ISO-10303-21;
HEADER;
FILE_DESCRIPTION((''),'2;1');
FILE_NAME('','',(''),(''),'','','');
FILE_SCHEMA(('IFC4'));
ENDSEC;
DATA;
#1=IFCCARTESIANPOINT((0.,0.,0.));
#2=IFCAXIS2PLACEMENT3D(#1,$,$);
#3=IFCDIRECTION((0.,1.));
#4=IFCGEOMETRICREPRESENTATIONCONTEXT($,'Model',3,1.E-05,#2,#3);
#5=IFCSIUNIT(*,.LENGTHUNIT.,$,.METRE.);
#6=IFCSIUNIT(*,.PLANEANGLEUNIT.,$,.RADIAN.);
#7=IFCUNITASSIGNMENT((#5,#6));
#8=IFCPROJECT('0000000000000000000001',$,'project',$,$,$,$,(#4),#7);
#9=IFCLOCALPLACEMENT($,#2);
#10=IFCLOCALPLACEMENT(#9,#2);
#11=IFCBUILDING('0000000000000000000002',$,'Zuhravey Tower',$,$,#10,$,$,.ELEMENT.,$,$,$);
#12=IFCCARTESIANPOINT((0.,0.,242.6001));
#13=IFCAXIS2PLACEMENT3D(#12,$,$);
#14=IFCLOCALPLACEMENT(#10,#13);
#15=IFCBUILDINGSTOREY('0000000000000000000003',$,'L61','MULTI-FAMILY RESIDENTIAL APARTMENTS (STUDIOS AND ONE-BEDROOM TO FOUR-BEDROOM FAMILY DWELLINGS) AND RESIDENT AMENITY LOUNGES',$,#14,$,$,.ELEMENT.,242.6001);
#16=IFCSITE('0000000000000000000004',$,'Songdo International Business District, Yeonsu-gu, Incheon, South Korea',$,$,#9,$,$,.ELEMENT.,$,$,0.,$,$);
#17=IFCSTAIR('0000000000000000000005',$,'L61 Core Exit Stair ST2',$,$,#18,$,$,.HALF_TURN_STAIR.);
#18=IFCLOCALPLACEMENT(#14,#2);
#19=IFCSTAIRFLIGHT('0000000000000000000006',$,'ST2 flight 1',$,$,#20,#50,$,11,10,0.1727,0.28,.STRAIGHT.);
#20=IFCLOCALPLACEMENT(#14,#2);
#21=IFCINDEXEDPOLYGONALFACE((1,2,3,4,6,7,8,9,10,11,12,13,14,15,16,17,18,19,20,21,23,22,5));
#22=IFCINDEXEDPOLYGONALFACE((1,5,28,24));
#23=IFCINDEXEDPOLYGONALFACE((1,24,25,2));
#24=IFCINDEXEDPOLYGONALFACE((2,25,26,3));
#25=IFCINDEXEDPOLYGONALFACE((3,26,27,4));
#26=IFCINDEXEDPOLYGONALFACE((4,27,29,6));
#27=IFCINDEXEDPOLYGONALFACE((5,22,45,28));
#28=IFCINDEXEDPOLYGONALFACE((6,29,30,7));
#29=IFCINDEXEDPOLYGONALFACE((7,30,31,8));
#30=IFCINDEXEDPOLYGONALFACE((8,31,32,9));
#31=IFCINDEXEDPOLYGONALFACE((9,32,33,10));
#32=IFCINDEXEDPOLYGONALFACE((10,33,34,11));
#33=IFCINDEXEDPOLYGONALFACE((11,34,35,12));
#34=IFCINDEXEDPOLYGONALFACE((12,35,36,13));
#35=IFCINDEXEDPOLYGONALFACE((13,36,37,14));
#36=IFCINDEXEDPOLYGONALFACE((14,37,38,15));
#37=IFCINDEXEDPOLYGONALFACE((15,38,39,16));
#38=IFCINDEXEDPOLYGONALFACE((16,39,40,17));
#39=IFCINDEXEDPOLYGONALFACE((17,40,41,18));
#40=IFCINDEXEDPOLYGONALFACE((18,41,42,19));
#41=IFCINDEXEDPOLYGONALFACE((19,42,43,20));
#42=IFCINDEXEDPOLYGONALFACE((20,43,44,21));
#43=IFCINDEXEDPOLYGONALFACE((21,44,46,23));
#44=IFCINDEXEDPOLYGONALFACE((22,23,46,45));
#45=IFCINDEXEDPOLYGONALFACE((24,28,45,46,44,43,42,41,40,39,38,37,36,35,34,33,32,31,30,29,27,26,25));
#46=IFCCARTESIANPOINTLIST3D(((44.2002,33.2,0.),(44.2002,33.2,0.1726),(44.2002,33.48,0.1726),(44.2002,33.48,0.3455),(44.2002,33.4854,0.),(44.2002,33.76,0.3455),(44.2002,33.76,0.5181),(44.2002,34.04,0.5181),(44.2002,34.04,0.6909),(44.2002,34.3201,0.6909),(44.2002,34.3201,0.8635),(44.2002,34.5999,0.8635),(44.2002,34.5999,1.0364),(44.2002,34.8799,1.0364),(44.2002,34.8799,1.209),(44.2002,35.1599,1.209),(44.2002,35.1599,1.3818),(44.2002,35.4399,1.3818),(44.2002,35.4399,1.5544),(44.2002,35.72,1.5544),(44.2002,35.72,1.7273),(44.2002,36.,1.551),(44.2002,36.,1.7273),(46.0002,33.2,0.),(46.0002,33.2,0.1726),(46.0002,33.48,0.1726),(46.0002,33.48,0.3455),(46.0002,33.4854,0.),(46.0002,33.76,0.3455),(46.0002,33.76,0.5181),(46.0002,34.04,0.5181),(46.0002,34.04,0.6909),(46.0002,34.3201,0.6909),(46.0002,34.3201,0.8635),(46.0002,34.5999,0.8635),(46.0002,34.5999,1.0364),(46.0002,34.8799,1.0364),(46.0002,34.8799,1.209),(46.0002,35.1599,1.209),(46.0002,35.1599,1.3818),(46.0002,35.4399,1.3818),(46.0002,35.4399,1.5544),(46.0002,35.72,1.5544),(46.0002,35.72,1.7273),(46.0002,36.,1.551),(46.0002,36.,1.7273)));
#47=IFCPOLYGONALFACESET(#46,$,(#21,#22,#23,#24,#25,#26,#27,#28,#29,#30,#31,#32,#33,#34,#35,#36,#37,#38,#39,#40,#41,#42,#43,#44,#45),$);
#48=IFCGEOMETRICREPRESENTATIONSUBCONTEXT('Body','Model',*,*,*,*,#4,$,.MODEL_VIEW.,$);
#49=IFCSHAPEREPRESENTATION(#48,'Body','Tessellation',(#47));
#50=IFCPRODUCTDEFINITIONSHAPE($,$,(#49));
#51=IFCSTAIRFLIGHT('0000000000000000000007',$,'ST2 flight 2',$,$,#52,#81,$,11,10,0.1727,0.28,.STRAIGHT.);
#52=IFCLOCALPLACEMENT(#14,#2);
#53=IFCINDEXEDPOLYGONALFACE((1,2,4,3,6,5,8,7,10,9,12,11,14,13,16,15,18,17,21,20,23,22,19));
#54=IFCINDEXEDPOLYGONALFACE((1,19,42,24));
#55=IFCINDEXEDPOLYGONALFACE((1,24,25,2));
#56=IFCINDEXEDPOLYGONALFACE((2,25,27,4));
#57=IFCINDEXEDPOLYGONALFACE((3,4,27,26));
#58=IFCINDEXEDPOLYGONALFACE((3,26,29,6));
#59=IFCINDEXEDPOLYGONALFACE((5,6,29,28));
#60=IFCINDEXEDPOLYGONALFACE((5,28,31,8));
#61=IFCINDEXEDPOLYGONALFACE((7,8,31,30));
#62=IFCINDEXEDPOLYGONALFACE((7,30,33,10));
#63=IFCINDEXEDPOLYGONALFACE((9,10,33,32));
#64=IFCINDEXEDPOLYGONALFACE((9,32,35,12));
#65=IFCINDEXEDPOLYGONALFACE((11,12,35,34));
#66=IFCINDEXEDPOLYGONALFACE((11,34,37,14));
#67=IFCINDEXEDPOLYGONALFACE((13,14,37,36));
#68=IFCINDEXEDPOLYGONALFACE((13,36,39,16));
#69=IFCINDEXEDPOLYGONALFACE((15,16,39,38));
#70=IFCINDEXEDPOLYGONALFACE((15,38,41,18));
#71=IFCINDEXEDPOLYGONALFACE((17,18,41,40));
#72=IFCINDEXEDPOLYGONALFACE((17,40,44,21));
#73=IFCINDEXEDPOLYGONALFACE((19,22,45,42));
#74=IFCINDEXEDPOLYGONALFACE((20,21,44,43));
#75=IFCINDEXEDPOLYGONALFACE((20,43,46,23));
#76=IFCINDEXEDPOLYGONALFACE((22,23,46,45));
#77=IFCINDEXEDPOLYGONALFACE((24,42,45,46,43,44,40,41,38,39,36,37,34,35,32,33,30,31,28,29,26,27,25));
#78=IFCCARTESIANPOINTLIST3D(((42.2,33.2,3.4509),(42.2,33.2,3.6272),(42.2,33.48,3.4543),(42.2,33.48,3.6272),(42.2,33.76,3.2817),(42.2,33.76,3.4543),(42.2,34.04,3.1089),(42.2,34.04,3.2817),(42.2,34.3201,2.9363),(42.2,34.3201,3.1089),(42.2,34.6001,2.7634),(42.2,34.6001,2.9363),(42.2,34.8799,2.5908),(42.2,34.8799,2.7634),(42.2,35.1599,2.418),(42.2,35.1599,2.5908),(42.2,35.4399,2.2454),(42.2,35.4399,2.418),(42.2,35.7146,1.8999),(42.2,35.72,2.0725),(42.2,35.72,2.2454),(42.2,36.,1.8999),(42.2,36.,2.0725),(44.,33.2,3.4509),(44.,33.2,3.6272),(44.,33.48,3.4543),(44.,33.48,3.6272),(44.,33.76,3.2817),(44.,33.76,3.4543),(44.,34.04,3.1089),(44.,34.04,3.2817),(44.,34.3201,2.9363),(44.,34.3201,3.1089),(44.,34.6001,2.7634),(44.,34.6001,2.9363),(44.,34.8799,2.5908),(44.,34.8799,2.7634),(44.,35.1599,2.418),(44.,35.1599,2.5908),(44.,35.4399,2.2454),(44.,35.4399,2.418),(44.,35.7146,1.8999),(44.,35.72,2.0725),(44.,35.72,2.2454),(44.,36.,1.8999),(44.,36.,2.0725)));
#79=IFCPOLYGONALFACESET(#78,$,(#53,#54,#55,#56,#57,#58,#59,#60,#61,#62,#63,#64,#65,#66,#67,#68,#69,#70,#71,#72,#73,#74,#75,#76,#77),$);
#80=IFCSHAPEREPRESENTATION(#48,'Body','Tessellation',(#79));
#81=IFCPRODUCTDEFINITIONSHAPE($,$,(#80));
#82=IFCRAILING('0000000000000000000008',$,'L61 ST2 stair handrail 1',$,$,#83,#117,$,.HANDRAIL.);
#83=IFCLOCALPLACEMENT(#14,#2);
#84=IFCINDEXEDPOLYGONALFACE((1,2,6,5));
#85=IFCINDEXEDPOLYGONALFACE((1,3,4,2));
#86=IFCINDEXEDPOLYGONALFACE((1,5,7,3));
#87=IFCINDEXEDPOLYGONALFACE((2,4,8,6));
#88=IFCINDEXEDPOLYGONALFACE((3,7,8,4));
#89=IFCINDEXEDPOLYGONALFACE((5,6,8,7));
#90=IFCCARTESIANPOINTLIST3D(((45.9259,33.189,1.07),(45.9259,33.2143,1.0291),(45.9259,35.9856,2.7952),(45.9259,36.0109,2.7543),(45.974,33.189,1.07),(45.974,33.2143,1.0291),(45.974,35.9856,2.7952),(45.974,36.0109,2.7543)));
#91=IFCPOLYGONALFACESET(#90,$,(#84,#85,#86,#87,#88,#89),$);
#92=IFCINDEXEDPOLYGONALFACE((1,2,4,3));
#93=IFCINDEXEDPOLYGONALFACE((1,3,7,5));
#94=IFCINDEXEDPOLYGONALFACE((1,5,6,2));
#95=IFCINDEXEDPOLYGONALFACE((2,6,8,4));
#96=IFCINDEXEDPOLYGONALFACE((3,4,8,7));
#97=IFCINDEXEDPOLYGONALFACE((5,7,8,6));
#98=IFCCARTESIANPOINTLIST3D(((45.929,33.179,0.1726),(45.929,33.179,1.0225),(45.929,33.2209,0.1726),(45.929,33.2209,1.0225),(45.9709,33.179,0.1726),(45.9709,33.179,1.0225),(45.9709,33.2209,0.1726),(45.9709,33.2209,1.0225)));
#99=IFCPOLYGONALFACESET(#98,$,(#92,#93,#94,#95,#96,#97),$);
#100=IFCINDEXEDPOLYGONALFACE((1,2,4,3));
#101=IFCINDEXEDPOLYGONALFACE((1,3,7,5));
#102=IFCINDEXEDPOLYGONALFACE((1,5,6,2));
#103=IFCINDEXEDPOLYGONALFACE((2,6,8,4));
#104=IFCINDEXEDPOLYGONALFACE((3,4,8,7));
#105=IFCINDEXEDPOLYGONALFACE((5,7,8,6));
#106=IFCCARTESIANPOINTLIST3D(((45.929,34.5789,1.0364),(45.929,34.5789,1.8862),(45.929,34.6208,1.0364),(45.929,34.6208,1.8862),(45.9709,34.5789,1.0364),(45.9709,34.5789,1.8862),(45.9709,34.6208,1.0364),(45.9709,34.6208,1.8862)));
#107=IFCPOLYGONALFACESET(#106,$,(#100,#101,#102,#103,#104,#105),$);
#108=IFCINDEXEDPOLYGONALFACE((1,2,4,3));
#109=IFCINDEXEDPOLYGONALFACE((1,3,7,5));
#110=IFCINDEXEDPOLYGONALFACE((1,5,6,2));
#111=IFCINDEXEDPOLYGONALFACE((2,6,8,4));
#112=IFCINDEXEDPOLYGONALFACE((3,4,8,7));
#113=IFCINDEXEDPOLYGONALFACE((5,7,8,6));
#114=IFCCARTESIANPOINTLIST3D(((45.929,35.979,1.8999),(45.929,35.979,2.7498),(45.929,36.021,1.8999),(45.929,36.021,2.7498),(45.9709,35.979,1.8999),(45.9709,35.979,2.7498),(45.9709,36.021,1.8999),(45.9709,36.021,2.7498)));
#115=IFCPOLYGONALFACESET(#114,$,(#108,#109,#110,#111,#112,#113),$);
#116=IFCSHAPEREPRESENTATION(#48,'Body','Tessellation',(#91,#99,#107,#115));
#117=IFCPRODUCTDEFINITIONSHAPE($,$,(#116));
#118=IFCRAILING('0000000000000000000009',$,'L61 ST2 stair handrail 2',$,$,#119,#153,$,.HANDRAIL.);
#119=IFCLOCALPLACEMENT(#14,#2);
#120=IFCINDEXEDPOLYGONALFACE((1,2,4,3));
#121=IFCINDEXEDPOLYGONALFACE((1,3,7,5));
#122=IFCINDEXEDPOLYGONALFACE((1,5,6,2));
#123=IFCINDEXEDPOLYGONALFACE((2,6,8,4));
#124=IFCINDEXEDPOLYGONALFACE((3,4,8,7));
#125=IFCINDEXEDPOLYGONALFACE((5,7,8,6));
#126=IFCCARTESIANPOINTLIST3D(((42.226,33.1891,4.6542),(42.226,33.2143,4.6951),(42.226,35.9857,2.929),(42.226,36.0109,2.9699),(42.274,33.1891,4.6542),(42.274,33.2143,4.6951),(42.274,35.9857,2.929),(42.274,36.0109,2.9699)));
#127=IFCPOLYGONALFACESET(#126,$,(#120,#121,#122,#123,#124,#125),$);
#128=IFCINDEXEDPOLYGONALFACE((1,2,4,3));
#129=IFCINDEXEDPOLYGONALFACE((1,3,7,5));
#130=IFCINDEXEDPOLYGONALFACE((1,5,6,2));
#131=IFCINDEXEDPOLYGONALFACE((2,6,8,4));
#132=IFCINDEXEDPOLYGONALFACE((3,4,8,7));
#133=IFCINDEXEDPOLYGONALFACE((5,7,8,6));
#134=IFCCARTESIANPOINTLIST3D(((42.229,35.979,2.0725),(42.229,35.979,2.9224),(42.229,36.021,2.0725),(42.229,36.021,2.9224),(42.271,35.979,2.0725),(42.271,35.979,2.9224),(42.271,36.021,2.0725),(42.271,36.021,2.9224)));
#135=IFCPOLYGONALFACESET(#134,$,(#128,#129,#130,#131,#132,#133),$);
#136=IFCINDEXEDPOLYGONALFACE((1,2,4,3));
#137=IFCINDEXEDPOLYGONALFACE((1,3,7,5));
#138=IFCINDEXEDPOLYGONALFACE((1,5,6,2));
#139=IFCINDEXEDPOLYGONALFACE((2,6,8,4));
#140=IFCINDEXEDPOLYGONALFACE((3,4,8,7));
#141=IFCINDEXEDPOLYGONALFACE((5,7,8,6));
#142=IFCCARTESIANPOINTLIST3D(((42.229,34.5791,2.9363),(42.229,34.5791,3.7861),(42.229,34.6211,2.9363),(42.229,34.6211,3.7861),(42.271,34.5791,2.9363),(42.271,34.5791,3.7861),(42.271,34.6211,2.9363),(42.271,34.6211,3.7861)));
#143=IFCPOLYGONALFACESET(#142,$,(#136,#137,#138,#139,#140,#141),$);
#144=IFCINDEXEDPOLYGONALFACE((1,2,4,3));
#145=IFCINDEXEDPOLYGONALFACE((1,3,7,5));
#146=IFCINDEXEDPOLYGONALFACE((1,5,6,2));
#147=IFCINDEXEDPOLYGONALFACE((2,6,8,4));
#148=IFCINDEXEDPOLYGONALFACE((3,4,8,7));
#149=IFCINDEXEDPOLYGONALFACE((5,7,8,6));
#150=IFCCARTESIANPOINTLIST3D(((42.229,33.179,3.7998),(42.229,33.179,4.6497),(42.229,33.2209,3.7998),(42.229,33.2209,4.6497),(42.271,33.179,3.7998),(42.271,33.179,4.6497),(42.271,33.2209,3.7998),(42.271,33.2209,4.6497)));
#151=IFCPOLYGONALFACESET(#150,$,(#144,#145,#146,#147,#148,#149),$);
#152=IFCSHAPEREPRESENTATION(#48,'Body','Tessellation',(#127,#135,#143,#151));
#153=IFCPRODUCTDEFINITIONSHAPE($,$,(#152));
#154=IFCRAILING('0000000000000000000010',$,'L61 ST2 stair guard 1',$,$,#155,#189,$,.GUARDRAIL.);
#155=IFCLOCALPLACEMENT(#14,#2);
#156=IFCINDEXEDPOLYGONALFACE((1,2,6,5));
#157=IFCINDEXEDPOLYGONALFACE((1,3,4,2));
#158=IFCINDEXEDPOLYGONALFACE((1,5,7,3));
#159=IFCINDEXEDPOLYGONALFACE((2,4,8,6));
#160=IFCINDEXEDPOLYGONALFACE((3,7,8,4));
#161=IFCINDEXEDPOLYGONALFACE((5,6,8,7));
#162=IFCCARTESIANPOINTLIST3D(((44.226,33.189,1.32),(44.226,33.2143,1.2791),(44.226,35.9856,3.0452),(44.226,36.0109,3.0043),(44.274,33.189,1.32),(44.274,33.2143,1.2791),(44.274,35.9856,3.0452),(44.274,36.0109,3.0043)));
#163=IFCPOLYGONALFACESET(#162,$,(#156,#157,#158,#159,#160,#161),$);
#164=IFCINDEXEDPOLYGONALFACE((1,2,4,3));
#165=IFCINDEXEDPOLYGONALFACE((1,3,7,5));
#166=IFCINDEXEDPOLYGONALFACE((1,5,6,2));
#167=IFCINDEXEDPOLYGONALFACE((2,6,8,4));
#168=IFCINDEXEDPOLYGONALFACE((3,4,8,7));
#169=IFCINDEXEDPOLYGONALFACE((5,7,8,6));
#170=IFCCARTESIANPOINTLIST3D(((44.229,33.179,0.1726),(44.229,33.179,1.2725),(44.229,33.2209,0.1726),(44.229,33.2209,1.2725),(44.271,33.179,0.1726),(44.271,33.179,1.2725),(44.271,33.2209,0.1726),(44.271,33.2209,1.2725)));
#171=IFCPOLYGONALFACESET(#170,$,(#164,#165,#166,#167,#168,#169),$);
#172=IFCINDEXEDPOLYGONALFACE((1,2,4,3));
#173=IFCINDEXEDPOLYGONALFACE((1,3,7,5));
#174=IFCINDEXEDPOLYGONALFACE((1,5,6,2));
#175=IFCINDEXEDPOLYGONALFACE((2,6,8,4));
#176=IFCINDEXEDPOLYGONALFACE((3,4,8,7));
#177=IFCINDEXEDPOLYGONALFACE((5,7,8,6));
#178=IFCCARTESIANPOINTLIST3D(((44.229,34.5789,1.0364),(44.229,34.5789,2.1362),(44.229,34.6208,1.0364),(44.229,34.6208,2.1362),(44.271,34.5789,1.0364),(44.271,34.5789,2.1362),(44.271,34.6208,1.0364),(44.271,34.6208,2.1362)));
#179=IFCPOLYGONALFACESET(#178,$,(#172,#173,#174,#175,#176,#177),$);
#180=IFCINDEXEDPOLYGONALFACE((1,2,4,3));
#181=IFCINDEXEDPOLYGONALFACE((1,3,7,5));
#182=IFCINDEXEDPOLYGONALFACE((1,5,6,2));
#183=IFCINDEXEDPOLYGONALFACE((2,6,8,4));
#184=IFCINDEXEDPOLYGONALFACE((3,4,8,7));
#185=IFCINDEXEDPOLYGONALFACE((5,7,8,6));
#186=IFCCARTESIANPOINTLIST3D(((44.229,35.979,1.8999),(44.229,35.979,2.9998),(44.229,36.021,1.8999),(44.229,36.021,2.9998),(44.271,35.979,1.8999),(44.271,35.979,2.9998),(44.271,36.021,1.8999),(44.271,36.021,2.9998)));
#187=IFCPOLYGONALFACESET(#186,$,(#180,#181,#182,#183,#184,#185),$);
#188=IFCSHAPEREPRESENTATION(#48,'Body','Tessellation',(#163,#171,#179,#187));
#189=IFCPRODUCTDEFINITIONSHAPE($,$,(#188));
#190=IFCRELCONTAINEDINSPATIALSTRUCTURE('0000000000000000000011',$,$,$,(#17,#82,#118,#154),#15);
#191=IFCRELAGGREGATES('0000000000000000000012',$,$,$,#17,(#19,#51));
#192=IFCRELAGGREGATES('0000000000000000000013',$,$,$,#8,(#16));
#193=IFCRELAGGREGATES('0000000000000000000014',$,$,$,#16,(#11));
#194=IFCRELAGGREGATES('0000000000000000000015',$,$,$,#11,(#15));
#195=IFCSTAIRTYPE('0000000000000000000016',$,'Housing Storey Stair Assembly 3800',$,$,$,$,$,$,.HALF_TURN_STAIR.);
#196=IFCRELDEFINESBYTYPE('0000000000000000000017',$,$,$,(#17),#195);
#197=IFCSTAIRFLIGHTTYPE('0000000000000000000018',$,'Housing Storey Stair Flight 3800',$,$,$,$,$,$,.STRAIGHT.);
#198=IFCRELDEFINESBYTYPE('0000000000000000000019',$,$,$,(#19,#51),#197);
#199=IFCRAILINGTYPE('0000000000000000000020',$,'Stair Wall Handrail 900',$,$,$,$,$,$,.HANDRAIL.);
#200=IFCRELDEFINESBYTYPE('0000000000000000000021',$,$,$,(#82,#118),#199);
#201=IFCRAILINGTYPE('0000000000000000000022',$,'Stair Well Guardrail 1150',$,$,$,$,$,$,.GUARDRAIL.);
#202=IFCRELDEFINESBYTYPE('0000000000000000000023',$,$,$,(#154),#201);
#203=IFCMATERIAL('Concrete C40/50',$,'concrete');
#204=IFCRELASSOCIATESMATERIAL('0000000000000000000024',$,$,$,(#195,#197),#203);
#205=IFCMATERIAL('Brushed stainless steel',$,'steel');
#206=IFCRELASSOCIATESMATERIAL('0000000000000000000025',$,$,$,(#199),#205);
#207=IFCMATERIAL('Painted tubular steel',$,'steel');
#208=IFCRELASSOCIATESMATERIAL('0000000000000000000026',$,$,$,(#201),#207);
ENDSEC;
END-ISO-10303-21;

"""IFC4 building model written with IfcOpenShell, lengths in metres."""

from ifc_helpers import new_model, si_unit, direction, frame, origin, origin_2d, place, context, subcontext, project, spatial, polyline, rectangle, outline, extrude, material, type_object, element, aggregate, save


model = new_model("IFC4")

# Units and contexts
model_context = context("Model", 3, precision=1e-05, world=origin(), true_north=direction((0.0, 1.0)))
body_context = subcontext(model_context, "Body", "Model", "MODEL_VIEW")
ifc_project = project(units=[si_unit("LENGTHUNIT", "METRE"), si_unit("PLANEANGLEUNIT", "RADIAN")], contexts=[model_context])

# Site, building, storey
site_placement = place(None, origin())
site = spatial("IfcSite", under=ifc_project, at=site_placement, Name="Songdo International Business District, Yeonsu-gu, Incheon, South Korea", CompositionType="ELEMENT", RefElevation=0.0)
building_placement = place(site_placement, origin())
building = spatial("IfcBuilding", under=site, at=building_placement, Name="Zuhravey Tower", CompositionType="ELEMENT")
storey_placement = place(building_placement, frame((0.0, 0.0, 242.6001)))
storey = spatial("IfcBuildingStorey", under=building, at=storey_placement, Name="L61", Description="MULTI-FAMILY RESIDENTIAL APARTMENTS (STUDIOS AND ONE-BEDROOM TO FOUR-BEDROOM FAMILY DWELLINGS) AND RESIDENT AMENITY LOUNGES", CompositionType="ELEMENT", Elevation=242.6001)

# Stair, stair flights
ifc_material_1 = material(Name="Concrete C40/50", Category="concrete")
stair_type = type_object("IfcStairType", Name="Housing Storey Stair Assembly 3800", PredefinedType="HALF_TURN_STAIR", material=ifc_material_1)
stair_placement = place(storey_placement, origin())
stair = element("IfcStair", 1, at=stair_placement, inside=storey, type_object=stair_type, Name="L61 Core Exit Stair ST2", PredefinedType="HALF_TURN_STAIR")
stair_flight_type = type_object("IfcStairFlightType", Name="Housing Storey Stair Flight 3800", PredefinedType="STRAIGHT", material=ifc_material_1)
stair_flight_1_placement = place(storey_placement, frame((45.1001, 33.2, 0.0), z_axis=(0.0, 0.0, 1.0), x_axis=(0.0, 1.0, 0.0)))
stair_flight_1 = element("IfcStairFlight", 2, at=stair_flight_1_placement, type_object=stair_flight_type, Name="ST2 flight 1", NumberOfRisers=11, NumberOfTreads=10, PredefinedType="STRAIGHT", RiserHeight=0.1727, TreadLength=0.28, context=body_context, shape_type="SweptSolid", body=[
    extrude(outline(polyline([(0.0, 0.0), (0.0, 0.1726), (0.28, 0.1726), (0.28, 0.3455), (0.5601, 0.3455), (0.5601, 0.5181), (0.8401, 0.5181), (0.8401, 0.6909), (1.1201, 0.6909), (1.1201, 0.8635), (1.3999, 0.8635), (1.3999, 1.0364), (1.6799, 1.0364), (1.6799, 1.209), (1.96, 1.209), (1.96, 1.3818), (2.24, 1.3818), (2.24, 1.5544), (2.52, 1.5544), (2.52, 1.7273), (2.8, 1.7273), (2.8, 1.8999), (2.8, 1.551), (0.2854, 0.0), (0.0, 0.0)])), frame((0.0, 0.8999, 0.0), z_axis=(0.0, -1.0, 0.0), x_axis=(1.0, 0.0, 0.0)), (0.0, 0.0, 1.0), 1.8),
])
stair_flight_2_placement = place(storey_placement, frame((43.1001, 36.0, 1.8999), z_axis=(0.0, 0.0, 1.0), x_axis=(0.0, -1.0, 0.0)))
stair_flight_2 = element("IfcStairFlight", 3, at=stair_flight_2_placement, type_object=stair_flight_type, Name="ST2 flight 2", NumberOfRisers=11, NumberOfTreads=10, PredefinedType="STRAIGHT", RiserHeight=0.1727, TreadLength=0.28, context=body_context, shape_type="SweptSolid", body=[
    extrude(outline(polyline([(0.0, 0.0), (0.0, 0.1726), (0.28, 0.1726), (0.28, 0.3455), (0.5601, 0.3455), (0.5601, 0.5181), (0.8401, 0.5181), (0.8401, 0.6909), (1.1201, 0.6909), (1.1201, 0.8635), (1.3999, 0.8635), (1.3999, 1.0364), (1.6799, 1.0364), (1.6799, 1.209), (1.96, 1.209), (1.96, 1.3818), (2.24, 1.3818), (2.24, 1.5544), (2.52, 1.5544), (2.52, 1.7273), (2.8, 1.7273), (2.8, 1.8999), (2.8, 1.551), (0.2854, 0.0), (0.0, 0.0)])), frame((0.0, 0.8999, 0.0), z_axis=(0.0, -1.0, 0.0), x_axis=(1.0, 0.0, 0.0)), (0.0, 0.0, 1.0), 1.8),
])
aggregate(stair, [stair_flight_1, stair_flight_2])

# Railings
ifc_material_2 = material(Name="Brushed stainless steel", Category="steel")
railing_type_1 = type_object("IfcRailingType", Name="Stair Wall Handrail 900", PredefinedType="HANDRAIL", material=ifc_material_2)
railing_1_placement = place(storey_placement, frame((45.95, 33.2, 0.1726)))
element("IfcRailing", 4, at=railing_1_placement, inside=storey, type_object=railing_type_1, Name="L61 ST2 stair handrail 1", PredefinedType="HANDRAIL", context=body_context, shape_type="SweptSolid", body=[
    extrude(rectangle(XDim=0.0481, YDim=0.0481, at=origin_2d()), frame((0.0, 0.0017, 0.877), z_axis=(0.0, 0.85109, 0.52502), x_axis=(-1.0, 0.0, 0.0)), (0.0, 0.0, 1.0), 3.2859),
    extrude(rectangle(XDim=0.042, YDim=0.042, at=origin_2d()), origin(), (0.0, 0.0, 1.0), 0.8499),
    extrude(rectangle(XDim=0.042, YDim=0.042, at=origin_2d()), frame((0.0, 1.3999, 0.8638)), (0.0, 0.0, 1.0), 0.8499),
    extrude(rectangle(XDim=0.042, YDim=0.042, at=origin_2d()), frame((0.0, 2.8, 1.7273)), (0.0, 0.0, 1.0), 0.8499),
])
railing_2_placement = place(storey_placement, frame((42.25, 36.0, 2.0725)))
element("IfcRailing", 5, at=railing_2_placement, inside=storey, type_object=railing_type_1, Name="L61 ST2 stair handrail 2", PredefinedType="HANDRAIL", context=body_context, shape_type="SweptSolid", body=[
    extrude(rectangle(XDim=0.0481, YDim=0.0481, at=origin_2d()), frame((0.0, -0.0017, 0.877), z_axis=(0.0, -0.85109, 0.52502), x_axis=(1.0, 0.0, 0.0)), (0.0, 0.0, 1.0), 3.2859),
    extrude(rectangle(XDim=0.042, YDim=0.042, at=origin_2d()), origin(), (0.0, 0.0, 1.0), 0.8499),
    extrude(rectangle(XDim=0.042, YDim=0.042, at=origin_2d()), frame((0.0, -1.3999, 0.8638)), (0.0, 0.0, 1.0), 0.8499),
    extrude(rectangle(XDim=0.042, YDim=0.042, at=origin_2d()), frame((0.0, -2.8, 1.7273)), (0.0, 0.0, 1.0), 0.8499),
])
ifc_material_3 = material(Name="Painted tubular steel", Category="steel")
railing_type_2 = type_object("IfcRailingType", Name="Stair Well Guardrail 1150", PredefinedType="GUARDRAIL", material=ifc_material_3)
railing_3_placement = place(storey_placement, frame((44.25, 33.2, 0.1726)))
element("IfcRailing", 6, at=railing_3_placement, inside=storey, type_object=railing_type_2, Name="L61 ST2 stair guard 1", PredefinedType="GUARDRAIL", context=body_context, shape_type="SweptSolid", body=[
    extrude(rectangle(XDim=0.0481, YDim=0.0481, at=origin_2d()), frame((0.0, 0.0017, 1.127), z_axis=(0.0, 0.85109, 0.52502), x_axis=(-1.0, 0.0, 0.0)), (0.0, 0.0, 1.0), 3.2859),
    extrude(rectangle(XDim=0.042, YDim=0.042, at=origin_2d()), origin(), (0.0, 0.0, 1.0), 1.0999),
    extrude(rectangle(XDim=0.042, YDim=0.042, at=origin_2d()), frame((0.0, 1.3999, 0.8638)), (0.0, 0.0, 1.0), 1.0999),
    extrude(rectangle(XDim=0.042, YDim=0.042, at=origin_2d()), frame((0.0, 2.8, 1.7273)), (0.0, 0.0, 1.0), 1.0999),
])

save(model, "model.ifc")
